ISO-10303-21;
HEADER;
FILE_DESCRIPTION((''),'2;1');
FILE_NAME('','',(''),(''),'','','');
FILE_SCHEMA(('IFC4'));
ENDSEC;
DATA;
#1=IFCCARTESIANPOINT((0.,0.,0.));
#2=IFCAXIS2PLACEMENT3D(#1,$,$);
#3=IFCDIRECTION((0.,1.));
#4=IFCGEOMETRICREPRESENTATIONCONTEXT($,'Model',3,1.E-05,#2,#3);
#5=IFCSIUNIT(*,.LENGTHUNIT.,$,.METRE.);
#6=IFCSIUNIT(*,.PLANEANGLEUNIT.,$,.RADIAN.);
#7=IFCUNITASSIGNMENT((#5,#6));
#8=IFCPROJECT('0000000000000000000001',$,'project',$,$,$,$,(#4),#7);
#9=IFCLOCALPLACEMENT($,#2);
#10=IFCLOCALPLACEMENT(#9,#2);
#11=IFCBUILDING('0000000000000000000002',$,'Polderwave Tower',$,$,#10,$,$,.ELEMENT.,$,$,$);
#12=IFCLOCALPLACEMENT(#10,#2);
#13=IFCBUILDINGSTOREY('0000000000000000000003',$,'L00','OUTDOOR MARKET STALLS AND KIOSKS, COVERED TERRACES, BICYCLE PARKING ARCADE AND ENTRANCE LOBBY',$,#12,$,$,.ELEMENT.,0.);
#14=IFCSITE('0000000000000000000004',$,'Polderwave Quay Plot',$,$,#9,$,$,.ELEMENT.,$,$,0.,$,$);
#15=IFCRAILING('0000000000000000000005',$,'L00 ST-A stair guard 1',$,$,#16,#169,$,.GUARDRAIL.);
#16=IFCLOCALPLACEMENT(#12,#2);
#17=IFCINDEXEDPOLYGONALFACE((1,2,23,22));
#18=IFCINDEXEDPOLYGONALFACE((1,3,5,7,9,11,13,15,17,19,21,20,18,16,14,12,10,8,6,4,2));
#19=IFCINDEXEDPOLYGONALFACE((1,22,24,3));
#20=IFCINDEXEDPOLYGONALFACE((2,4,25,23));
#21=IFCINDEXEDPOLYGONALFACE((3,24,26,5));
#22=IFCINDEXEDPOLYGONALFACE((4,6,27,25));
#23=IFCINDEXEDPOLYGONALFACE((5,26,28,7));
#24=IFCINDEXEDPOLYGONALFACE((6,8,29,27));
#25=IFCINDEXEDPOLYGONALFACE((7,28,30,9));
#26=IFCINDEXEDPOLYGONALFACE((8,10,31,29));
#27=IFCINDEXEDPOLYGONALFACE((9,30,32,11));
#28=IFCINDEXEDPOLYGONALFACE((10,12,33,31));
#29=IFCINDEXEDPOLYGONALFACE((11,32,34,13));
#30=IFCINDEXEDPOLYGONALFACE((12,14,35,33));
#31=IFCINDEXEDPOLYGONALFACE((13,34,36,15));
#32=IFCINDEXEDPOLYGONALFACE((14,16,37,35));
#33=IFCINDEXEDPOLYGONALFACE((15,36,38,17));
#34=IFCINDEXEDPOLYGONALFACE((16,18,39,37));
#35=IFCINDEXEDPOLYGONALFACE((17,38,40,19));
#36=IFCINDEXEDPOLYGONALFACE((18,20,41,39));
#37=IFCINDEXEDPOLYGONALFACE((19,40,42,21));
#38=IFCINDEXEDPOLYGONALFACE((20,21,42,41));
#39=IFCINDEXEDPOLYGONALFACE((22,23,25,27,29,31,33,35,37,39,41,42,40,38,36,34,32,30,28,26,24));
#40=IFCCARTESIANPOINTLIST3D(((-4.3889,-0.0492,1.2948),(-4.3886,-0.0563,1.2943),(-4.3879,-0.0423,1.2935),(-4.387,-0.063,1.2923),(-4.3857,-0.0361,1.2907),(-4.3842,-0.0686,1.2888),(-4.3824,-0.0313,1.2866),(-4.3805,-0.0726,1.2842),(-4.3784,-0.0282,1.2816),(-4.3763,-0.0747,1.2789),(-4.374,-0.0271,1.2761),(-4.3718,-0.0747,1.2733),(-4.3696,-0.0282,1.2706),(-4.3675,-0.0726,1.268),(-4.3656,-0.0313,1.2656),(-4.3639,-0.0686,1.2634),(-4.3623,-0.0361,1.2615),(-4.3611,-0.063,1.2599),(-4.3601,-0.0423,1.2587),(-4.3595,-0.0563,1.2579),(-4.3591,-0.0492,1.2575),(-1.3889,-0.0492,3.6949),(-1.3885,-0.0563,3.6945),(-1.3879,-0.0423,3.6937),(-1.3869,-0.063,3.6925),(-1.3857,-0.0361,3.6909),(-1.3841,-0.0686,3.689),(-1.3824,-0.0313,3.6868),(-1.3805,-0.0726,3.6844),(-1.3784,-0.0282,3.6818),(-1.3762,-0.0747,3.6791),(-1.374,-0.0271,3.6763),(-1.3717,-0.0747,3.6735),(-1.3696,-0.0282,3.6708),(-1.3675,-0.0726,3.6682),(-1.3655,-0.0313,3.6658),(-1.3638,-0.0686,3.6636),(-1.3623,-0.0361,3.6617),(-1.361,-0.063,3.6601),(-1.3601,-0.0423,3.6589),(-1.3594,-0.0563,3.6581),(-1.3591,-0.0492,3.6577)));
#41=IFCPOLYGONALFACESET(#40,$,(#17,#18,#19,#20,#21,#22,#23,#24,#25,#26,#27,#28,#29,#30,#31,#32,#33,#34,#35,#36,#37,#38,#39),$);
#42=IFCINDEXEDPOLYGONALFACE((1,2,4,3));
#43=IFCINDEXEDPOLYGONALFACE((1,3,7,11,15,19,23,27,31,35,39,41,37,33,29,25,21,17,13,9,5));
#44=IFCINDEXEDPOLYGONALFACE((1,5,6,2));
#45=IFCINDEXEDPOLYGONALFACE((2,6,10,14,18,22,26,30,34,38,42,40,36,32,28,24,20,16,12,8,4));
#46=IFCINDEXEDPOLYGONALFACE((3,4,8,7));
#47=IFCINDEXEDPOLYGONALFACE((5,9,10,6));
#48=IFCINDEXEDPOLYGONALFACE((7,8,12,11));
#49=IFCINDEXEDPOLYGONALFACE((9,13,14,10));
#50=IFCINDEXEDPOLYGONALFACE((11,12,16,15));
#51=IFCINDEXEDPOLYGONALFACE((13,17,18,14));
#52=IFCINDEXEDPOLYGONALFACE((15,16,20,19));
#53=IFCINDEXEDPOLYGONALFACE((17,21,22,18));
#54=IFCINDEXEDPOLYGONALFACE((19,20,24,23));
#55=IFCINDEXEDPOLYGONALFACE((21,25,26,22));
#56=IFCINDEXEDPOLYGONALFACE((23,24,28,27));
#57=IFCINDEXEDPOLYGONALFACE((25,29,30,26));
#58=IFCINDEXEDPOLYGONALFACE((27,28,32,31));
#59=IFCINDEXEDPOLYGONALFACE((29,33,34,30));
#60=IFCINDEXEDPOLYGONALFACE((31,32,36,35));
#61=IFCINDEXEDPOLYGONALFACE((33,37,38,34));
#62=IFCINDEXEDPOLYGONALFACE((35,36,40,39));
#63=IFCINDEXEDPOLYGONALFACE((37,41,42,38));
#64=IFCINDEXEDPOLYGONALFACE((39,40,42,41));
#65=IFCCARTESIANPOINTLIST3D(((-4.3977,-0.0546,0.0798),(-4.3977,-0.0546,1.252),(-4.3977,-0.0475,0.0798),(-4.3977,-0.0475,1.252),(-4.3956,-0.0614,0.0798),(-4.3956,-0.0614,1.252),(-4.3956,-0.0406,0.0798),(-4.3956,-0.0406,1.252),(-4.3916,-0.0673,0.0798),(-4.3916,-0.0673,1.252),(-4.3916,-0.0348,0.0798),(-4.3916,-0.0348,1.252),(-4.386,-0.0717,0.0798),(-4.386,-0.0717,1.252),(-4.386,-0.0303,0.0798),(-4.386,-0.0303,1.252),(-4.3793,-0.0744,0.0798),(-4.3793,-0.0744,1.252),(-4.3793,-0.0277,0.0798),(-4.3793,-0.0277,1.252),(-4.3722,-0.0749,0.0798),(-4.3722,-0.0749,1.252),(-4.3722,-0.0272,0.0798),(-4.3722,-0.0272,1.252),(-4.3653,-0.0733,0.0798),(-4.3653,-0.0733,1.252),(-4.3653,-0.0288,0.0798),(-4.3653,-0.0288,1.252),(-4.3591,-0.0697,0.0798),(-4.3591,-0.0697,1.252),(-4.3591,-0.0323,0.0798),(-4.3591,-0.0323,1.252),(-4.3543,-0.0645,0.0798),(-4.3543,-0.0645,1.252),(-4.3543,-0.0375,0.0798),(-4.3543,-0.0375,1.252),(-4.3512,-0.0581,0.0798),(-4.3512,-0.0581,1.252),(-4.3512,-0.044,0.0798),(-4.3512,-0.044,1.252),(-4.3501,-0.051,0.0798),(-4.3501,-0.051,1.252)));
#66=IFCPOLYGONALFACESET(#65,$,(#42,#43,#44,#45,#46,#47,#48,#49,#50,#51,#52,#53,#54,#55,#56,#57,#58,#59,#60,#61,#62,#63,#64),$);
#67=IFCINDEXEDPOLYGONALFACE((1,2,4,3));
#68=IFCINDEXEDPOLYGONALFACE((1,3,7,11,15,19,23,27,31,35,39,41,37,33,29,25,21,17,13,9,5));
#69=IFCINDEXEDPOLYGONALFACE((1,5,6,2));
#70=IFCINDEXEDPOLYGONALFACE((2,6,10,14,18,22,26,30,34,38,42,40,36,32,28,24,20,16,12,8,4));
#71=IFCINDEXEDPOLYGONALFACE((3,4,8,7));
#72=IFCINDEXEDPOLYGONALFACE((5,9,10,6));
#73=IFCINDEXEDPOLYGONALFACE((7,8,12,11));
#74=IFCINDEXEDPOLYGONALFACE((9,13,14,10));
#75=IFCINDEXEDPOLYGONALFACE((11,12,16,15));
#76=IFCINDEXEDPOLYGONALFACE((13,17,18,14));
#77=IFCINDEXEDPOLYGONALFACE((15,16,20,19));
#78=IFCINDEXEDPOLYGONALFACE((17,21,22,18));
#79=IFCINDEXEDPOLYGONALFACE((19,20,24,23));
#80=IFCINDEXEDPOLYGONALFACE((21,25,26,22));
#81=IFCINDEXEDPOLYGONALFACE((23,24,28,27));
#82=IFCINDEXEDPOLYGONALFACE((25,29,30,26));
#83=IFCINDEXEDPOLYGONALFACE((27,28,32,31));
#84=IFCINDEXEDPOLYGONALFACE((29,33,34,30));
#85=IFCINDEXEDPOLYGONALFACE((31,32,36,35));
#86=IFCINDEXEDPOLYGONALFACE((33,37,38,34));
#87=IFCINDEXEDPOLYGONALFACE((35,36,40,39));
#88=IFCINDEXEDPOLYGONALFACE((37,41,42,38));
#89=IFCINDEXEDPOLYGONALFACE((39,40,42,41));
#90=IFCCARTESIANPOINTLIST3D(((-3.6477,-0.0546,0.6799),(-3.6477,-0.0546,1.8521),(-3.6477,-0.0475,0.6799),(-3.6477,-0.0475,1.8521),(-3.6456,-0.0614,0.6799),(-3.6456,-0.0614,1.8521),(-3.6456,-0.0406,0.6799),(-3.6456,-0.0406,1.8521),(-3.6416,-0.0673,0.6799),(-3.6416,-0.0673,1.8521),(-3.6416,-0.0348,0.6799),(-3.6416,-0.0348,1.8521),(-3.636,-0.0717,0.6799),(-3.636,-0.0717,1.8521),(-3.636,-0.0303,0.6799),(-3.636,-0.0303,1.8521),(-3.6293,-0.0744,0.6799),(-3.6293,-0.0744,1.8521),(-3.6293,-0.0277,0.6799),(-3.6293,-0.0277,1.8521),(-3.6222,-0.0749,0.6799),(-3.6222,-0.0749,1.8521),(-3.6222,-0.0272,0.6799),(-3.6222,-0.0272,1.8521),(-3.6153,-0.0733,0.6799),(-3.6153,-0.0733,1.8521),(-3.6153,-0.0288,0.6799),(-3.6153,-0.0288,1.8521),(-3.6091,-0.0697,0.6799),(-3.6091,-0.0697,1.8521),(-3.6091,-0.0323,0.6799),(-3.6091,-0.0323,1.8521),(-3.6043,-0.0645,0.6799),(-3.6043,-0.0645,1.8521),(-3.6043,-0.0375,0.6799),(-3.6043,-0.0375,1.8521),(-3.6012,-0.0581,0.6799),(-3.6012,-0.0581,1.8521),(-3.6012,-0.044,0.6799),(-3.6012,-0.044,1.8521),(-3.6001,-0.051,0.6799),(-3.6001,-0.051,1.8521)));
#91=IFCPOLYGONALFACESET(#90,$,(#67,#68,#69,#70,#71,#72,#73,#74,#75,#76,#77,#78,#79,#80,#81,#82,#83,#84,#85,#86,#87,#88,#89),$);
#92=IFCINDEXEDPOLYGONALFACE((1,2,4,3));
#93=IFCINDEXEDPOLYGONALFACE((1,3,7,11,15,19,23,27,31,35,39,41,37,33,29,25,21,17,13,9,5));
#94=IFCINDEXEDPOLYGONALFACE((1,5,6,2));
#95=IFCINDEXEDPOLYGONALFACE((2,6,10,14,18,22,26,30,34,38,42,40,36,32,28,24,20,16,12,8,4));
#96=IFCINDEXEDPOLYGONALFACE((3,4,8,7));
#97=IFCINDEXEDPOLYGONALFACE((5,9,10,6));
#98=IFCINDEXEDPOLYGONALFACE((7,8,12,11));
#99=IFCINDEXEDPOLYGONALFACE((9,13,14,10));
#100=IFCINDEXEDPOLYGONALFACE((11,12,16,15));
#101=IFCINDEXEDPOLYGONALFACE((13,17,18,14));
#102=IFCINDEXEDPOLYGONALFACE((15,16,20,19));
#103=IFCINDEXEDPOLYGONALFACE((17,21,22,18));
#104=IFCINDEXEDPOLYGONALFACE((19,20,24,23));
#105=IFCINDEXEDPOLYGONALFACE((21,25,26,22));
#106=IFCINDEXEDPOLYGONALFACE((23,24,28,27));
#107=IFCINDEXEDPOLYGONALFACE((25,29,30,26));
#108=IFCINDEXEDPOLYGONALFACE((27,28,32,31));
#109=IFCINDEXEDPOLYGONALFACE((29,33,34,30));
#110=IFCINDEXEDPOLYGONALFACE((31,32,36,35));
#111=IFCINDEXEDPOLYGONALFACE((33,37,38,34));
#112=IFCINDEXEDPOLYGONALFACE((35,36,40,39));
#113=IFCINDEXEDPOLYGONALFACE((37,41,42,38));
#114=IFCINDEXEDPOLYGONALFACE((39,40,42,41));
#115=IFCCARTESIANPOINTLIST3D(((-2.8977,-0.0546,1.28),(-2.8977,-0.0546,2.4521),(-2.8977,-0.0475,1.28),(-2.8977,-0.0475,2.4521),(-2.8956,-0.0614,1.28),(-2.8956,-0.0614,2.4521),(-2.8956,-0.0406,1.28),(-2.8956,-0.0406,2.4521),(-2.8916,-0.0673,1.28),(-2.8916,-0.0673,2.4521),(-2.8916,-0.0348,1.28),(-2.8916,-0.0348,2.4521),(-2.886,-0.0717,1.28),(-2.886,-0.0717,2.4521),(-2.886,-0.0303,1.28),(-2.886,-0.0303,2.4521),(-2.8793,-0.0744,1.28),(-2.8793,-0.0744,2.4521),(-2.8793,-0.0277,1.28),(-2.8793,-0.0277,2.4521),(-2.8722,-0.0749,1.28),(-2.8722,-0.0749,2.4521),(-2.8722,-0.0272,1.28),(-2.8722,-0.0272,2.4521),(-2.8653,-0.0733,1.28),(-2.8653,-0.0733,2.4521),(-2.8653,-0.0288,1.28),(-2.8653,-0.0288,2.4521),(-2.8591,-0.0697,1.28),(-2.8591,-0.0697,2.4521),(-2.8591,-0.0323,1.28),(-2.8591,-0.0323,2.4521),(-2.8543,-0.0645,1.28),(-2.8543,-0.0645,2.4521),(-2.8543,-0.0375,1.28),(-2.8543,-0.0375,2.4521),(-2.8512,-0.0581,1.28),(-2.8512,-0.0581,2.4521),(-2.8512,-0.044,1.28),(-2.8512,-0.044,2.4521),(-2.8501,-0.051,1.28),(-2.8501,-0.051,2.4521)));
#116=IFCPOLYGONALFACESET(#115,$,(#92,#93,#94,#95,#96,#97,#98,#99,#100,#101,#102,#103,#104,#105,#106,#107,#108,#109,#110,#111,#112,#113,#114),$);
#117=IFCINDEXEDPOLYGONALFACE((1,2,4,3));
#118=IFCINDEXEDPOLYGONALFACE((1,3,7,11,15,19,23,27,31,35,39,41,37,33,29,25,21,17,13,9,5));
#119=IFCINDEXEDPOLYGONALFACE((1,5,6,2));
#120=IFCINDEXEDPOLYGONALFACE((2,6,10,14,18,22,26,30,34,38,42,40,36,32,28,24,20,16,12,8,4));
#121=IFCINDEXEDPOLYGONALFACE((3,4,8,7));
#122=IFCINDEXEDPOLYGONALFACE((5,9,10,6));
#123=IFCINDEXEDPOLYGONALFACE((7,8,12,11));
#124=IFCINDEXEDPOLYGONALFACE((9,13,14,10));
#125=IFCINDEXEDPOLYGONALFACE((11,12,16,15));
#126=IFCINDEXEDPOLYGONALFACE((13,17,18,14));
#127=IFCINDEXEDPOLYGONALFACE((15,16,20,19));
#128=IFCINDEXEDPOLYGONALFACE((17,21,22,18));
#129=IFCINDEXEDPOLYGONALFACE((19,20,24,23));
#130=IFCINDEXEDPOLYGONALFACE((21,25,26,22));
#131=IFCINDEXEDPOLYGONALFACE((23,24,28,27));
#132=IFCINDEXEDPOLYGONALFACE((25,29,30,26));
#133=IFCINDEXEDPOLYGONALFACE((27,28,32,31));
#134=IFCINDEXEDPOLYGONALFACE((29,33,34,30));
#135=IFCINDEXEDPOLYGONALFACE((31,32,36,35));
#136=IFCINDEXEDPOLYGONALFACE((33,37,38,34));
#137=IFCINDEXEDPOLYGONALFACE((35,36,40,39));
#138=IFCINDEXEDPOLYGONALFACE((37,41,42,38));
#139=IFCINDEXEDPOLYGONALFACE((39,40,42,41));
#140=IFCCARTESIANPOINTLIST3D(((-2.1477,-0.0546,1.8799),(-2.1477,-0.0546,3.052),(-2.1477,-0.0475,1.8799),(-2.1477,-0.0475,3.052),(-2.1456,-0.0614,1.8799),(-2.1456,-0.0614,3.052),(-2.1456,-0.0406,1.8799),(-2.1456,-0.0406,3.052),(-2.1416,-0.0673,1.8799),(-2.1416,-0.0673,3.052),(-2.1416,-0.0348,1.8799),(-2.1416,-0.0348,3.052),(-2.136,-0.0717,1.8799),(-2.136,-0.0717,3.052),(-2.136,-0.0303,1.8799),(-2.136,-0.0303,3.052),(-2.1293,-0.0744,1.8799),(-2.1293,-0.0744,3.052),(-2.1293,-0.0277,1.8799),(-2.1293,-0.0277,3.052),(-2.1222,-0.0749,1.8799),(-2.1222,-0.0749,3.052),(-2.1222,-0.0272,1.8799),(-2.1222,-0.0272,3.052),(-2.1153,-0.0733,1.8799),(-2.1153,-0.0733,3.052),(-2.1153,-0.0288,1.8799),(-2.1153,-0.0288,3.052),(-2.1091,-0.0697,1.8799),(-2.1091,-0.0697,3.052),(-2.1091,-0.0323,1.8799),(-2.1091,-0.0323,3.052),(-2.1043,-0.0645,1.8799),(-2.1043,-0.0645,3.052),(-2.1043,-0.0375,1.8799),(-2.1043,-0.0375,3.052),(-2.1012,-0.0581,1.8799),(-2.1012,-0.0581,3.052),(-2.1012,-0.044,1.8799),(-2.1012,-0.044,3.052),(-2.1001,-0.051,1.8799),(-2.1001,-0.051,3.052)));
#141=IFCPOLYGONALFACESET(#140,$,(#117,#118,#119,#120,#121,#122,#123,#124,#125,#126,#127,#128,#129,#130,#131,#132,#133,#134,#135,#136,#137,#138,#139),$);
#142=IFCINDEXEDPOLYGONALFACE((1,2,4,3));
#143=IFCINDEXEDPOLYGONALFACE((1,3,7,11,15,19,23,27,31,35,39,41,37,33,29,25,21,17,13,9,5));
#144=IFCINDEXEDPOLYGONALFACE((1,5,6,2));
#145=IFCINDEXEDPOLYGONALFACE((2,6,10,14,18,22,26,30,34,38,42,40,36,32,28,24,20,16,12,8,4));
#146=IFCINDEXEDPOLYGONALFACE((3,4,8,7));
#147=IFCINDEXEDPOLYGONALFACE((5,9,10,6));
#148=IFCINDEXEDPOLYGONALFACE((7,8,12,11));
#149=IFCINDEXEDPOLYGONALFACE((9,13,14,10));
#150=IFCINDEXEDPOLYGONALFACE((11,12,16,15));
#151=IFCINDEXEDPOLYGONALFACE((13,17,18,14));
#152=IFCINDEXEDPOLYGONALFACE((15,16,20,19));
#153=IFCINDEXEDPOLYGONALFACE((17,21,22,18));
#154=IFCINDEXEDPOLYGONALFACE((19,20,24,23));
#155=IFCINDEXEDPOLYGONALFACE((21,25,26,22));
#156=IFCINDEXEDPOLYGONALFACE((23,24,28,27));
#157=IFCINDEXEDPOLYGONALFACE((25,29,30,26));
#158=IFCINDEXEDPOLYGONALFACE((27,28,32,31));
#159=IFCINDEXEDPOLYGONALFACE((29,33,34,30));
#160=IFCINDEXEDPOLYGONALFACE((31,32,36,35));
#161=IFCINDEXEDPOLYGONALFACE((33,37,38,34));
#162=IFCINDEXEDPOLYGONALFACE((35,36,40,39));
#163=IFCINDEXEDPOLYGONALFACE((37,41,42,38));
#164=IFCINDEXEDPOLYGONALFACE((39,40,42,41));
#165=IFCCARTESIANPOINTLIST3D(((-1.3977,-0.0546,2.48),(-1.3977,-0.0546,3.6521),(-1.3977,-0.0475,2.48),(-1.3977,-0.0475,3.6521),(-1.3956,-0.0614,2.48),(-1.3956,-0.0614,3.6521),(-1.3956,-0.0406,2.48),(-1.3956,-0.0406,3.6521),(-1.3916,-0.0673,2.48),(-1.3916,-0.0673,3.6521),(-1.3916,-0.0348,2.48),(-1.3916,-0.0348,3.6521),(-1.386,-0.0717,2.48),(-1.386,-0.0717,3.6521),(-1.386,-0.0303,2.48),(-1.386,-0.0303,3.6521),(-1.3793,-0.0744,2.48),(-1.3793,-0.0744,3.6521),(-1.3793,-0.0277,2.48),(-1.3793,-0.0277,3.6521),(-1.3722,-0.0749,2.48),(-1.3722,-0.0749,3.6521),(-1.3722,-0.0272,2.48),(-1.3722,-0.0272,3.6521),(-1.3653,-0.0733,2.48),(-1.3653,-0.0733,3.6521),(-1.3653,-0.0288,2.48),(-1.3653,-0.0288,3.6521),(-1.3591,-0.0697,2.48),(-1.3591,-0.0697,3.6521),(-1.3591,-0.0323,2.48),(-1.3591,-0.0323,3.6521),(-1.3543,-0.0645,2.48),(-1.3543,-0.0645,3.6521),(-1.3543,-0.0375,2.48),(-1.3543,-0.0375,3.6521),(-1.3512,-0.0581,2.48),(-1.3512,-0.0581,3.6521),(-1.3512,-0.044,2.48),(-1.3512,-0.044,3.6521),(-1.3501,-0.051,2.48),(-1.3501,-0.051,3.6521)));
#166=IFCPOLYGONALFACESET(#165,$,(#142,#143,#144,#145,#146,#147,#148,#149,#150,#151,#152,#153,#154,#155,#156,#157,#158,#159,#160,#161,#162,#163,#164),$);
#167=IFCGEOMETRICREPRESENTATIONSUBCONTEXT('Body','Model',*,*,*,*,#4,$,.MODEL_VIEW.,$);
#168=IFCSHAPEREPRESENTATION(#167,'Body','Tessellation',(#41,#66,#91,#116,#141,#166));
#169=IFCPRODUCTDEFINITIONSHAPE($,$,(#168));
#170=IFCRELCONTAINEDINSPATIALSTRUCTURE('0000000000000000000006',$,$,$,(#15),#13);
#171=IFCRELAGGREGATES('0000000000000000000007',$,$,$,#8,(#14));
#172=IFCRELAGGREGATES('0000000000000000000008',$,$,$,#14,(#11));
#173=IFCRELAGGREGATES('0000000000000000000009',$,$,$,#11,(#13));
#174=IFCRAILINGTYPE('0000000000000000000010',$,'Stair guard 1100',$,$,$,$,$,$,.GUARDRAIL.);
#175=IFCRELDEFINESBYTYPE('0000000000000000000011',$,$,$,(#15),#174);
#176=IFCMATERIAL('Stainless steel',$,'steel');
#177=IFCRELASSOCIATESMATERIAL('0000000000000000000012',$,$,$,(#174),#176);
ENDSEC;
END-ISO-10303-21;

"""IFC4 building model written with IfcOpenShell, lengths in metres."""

from ifc_helpers import new_model, si_unit, direction, frame, origin, origin_2d, place, context, subcontext, project, spatial, circle, extrude, material, type_object, element, save


model = new_model("IFC4")

# Units and contexts
model_context = context("Model", 3, precision=1e-05, world=origin(), true_north=direction((0.0, 1.0)))
body_context = subcontext(model_context, "Body", "Model", "MODEL_VIEW")
ifc_project = project(units=[si_unit("LENGTHUNIT", "METRE"), si_unit("PLANEANGLEUNIT", "RADIAN")], contexts=[model_context])

# Site, building, storey
site_placement = place(None, origin())
site = spatial("IfcSite", under=ifc_project, at=site_placement, Name="Polderwave Quay Plot", CompositionType="ELEMENT", RefElevation=0.0)
building_placement = place(site_placement, origin())
building = spatial("IfcBuilding", under=site, at=building_placement, Name="Polderwave Tower", CompositionType="ELEMENT")
storey_placement = place(building_placement, origin())
storey = spatial("IfcBuildingStorey", under=building, at=storey_placement, Name="L00", Description="OUTDOOR MARKET STALLS AND KIOSKS, COVERED TERRACES, BICYCLE PARKING ARCADE AND ENTRANCE LOBBY", CompositionType="ELEMENT", Elevation=0.0)

# Railing
ifc_material_1 = material(Name="Stainless steel", Category="steel")
railing_type_1 = type_object("IfcRailingType", Name="Stair guard 1100", PredefinedType="GUARDRAIL", material=ifc_material_1)
railing_1_placement = place(storey_placement, frame((-4.374, -0.051, 0.0798)))
element("IfcRailing", 1, at=railing_1_placement, inside=storey, type_object=railing_type_1, Name="L00 ST-A stair guard 1", PredefinedType="GUARDRAIL", context=body_context, shape_type="SweptSolid", body=[
    extrude(circle(Radius=0.0239, at=origin_2d()), frame((0.0, 0.0, 1.1963), z_axis=(0.78085, 0.0, 0.624718), x_axis=(0.0, 1.0, 0.0)), (0.0, 0.0, 1.0), 3.842),
    extrude(circle(Radius=0.0239, at=origin_2d()), origin(), (0.0, 0.0, 1.0), 1.1721),
    extrude(circle(Radius=0.0239, at=origin_2d()), frame((0.75, 0.0, 0.6001)), (0.0, 0.0, 1.0), 1.1721),
    extrude(circle(Radius=0.0239, at=origin_2d()), frame((1.5, 0.0, 1.2002)), (0.0, 0.0, 1.0), 1.1721),
    extrude(circle(Radius=0.0239, at=origin_2d()), frame((2.25, 0.0, 1.8)), (0.0, 0.0, 1.0), 1.1721),
    extrude(circle(Radius=0.0239, at=origin_2d()), frame((3.0, 0.0, 2.4001)), (0.0, 0.0, 1.0), 1.1721),
])

save(model, "model.ifc")
